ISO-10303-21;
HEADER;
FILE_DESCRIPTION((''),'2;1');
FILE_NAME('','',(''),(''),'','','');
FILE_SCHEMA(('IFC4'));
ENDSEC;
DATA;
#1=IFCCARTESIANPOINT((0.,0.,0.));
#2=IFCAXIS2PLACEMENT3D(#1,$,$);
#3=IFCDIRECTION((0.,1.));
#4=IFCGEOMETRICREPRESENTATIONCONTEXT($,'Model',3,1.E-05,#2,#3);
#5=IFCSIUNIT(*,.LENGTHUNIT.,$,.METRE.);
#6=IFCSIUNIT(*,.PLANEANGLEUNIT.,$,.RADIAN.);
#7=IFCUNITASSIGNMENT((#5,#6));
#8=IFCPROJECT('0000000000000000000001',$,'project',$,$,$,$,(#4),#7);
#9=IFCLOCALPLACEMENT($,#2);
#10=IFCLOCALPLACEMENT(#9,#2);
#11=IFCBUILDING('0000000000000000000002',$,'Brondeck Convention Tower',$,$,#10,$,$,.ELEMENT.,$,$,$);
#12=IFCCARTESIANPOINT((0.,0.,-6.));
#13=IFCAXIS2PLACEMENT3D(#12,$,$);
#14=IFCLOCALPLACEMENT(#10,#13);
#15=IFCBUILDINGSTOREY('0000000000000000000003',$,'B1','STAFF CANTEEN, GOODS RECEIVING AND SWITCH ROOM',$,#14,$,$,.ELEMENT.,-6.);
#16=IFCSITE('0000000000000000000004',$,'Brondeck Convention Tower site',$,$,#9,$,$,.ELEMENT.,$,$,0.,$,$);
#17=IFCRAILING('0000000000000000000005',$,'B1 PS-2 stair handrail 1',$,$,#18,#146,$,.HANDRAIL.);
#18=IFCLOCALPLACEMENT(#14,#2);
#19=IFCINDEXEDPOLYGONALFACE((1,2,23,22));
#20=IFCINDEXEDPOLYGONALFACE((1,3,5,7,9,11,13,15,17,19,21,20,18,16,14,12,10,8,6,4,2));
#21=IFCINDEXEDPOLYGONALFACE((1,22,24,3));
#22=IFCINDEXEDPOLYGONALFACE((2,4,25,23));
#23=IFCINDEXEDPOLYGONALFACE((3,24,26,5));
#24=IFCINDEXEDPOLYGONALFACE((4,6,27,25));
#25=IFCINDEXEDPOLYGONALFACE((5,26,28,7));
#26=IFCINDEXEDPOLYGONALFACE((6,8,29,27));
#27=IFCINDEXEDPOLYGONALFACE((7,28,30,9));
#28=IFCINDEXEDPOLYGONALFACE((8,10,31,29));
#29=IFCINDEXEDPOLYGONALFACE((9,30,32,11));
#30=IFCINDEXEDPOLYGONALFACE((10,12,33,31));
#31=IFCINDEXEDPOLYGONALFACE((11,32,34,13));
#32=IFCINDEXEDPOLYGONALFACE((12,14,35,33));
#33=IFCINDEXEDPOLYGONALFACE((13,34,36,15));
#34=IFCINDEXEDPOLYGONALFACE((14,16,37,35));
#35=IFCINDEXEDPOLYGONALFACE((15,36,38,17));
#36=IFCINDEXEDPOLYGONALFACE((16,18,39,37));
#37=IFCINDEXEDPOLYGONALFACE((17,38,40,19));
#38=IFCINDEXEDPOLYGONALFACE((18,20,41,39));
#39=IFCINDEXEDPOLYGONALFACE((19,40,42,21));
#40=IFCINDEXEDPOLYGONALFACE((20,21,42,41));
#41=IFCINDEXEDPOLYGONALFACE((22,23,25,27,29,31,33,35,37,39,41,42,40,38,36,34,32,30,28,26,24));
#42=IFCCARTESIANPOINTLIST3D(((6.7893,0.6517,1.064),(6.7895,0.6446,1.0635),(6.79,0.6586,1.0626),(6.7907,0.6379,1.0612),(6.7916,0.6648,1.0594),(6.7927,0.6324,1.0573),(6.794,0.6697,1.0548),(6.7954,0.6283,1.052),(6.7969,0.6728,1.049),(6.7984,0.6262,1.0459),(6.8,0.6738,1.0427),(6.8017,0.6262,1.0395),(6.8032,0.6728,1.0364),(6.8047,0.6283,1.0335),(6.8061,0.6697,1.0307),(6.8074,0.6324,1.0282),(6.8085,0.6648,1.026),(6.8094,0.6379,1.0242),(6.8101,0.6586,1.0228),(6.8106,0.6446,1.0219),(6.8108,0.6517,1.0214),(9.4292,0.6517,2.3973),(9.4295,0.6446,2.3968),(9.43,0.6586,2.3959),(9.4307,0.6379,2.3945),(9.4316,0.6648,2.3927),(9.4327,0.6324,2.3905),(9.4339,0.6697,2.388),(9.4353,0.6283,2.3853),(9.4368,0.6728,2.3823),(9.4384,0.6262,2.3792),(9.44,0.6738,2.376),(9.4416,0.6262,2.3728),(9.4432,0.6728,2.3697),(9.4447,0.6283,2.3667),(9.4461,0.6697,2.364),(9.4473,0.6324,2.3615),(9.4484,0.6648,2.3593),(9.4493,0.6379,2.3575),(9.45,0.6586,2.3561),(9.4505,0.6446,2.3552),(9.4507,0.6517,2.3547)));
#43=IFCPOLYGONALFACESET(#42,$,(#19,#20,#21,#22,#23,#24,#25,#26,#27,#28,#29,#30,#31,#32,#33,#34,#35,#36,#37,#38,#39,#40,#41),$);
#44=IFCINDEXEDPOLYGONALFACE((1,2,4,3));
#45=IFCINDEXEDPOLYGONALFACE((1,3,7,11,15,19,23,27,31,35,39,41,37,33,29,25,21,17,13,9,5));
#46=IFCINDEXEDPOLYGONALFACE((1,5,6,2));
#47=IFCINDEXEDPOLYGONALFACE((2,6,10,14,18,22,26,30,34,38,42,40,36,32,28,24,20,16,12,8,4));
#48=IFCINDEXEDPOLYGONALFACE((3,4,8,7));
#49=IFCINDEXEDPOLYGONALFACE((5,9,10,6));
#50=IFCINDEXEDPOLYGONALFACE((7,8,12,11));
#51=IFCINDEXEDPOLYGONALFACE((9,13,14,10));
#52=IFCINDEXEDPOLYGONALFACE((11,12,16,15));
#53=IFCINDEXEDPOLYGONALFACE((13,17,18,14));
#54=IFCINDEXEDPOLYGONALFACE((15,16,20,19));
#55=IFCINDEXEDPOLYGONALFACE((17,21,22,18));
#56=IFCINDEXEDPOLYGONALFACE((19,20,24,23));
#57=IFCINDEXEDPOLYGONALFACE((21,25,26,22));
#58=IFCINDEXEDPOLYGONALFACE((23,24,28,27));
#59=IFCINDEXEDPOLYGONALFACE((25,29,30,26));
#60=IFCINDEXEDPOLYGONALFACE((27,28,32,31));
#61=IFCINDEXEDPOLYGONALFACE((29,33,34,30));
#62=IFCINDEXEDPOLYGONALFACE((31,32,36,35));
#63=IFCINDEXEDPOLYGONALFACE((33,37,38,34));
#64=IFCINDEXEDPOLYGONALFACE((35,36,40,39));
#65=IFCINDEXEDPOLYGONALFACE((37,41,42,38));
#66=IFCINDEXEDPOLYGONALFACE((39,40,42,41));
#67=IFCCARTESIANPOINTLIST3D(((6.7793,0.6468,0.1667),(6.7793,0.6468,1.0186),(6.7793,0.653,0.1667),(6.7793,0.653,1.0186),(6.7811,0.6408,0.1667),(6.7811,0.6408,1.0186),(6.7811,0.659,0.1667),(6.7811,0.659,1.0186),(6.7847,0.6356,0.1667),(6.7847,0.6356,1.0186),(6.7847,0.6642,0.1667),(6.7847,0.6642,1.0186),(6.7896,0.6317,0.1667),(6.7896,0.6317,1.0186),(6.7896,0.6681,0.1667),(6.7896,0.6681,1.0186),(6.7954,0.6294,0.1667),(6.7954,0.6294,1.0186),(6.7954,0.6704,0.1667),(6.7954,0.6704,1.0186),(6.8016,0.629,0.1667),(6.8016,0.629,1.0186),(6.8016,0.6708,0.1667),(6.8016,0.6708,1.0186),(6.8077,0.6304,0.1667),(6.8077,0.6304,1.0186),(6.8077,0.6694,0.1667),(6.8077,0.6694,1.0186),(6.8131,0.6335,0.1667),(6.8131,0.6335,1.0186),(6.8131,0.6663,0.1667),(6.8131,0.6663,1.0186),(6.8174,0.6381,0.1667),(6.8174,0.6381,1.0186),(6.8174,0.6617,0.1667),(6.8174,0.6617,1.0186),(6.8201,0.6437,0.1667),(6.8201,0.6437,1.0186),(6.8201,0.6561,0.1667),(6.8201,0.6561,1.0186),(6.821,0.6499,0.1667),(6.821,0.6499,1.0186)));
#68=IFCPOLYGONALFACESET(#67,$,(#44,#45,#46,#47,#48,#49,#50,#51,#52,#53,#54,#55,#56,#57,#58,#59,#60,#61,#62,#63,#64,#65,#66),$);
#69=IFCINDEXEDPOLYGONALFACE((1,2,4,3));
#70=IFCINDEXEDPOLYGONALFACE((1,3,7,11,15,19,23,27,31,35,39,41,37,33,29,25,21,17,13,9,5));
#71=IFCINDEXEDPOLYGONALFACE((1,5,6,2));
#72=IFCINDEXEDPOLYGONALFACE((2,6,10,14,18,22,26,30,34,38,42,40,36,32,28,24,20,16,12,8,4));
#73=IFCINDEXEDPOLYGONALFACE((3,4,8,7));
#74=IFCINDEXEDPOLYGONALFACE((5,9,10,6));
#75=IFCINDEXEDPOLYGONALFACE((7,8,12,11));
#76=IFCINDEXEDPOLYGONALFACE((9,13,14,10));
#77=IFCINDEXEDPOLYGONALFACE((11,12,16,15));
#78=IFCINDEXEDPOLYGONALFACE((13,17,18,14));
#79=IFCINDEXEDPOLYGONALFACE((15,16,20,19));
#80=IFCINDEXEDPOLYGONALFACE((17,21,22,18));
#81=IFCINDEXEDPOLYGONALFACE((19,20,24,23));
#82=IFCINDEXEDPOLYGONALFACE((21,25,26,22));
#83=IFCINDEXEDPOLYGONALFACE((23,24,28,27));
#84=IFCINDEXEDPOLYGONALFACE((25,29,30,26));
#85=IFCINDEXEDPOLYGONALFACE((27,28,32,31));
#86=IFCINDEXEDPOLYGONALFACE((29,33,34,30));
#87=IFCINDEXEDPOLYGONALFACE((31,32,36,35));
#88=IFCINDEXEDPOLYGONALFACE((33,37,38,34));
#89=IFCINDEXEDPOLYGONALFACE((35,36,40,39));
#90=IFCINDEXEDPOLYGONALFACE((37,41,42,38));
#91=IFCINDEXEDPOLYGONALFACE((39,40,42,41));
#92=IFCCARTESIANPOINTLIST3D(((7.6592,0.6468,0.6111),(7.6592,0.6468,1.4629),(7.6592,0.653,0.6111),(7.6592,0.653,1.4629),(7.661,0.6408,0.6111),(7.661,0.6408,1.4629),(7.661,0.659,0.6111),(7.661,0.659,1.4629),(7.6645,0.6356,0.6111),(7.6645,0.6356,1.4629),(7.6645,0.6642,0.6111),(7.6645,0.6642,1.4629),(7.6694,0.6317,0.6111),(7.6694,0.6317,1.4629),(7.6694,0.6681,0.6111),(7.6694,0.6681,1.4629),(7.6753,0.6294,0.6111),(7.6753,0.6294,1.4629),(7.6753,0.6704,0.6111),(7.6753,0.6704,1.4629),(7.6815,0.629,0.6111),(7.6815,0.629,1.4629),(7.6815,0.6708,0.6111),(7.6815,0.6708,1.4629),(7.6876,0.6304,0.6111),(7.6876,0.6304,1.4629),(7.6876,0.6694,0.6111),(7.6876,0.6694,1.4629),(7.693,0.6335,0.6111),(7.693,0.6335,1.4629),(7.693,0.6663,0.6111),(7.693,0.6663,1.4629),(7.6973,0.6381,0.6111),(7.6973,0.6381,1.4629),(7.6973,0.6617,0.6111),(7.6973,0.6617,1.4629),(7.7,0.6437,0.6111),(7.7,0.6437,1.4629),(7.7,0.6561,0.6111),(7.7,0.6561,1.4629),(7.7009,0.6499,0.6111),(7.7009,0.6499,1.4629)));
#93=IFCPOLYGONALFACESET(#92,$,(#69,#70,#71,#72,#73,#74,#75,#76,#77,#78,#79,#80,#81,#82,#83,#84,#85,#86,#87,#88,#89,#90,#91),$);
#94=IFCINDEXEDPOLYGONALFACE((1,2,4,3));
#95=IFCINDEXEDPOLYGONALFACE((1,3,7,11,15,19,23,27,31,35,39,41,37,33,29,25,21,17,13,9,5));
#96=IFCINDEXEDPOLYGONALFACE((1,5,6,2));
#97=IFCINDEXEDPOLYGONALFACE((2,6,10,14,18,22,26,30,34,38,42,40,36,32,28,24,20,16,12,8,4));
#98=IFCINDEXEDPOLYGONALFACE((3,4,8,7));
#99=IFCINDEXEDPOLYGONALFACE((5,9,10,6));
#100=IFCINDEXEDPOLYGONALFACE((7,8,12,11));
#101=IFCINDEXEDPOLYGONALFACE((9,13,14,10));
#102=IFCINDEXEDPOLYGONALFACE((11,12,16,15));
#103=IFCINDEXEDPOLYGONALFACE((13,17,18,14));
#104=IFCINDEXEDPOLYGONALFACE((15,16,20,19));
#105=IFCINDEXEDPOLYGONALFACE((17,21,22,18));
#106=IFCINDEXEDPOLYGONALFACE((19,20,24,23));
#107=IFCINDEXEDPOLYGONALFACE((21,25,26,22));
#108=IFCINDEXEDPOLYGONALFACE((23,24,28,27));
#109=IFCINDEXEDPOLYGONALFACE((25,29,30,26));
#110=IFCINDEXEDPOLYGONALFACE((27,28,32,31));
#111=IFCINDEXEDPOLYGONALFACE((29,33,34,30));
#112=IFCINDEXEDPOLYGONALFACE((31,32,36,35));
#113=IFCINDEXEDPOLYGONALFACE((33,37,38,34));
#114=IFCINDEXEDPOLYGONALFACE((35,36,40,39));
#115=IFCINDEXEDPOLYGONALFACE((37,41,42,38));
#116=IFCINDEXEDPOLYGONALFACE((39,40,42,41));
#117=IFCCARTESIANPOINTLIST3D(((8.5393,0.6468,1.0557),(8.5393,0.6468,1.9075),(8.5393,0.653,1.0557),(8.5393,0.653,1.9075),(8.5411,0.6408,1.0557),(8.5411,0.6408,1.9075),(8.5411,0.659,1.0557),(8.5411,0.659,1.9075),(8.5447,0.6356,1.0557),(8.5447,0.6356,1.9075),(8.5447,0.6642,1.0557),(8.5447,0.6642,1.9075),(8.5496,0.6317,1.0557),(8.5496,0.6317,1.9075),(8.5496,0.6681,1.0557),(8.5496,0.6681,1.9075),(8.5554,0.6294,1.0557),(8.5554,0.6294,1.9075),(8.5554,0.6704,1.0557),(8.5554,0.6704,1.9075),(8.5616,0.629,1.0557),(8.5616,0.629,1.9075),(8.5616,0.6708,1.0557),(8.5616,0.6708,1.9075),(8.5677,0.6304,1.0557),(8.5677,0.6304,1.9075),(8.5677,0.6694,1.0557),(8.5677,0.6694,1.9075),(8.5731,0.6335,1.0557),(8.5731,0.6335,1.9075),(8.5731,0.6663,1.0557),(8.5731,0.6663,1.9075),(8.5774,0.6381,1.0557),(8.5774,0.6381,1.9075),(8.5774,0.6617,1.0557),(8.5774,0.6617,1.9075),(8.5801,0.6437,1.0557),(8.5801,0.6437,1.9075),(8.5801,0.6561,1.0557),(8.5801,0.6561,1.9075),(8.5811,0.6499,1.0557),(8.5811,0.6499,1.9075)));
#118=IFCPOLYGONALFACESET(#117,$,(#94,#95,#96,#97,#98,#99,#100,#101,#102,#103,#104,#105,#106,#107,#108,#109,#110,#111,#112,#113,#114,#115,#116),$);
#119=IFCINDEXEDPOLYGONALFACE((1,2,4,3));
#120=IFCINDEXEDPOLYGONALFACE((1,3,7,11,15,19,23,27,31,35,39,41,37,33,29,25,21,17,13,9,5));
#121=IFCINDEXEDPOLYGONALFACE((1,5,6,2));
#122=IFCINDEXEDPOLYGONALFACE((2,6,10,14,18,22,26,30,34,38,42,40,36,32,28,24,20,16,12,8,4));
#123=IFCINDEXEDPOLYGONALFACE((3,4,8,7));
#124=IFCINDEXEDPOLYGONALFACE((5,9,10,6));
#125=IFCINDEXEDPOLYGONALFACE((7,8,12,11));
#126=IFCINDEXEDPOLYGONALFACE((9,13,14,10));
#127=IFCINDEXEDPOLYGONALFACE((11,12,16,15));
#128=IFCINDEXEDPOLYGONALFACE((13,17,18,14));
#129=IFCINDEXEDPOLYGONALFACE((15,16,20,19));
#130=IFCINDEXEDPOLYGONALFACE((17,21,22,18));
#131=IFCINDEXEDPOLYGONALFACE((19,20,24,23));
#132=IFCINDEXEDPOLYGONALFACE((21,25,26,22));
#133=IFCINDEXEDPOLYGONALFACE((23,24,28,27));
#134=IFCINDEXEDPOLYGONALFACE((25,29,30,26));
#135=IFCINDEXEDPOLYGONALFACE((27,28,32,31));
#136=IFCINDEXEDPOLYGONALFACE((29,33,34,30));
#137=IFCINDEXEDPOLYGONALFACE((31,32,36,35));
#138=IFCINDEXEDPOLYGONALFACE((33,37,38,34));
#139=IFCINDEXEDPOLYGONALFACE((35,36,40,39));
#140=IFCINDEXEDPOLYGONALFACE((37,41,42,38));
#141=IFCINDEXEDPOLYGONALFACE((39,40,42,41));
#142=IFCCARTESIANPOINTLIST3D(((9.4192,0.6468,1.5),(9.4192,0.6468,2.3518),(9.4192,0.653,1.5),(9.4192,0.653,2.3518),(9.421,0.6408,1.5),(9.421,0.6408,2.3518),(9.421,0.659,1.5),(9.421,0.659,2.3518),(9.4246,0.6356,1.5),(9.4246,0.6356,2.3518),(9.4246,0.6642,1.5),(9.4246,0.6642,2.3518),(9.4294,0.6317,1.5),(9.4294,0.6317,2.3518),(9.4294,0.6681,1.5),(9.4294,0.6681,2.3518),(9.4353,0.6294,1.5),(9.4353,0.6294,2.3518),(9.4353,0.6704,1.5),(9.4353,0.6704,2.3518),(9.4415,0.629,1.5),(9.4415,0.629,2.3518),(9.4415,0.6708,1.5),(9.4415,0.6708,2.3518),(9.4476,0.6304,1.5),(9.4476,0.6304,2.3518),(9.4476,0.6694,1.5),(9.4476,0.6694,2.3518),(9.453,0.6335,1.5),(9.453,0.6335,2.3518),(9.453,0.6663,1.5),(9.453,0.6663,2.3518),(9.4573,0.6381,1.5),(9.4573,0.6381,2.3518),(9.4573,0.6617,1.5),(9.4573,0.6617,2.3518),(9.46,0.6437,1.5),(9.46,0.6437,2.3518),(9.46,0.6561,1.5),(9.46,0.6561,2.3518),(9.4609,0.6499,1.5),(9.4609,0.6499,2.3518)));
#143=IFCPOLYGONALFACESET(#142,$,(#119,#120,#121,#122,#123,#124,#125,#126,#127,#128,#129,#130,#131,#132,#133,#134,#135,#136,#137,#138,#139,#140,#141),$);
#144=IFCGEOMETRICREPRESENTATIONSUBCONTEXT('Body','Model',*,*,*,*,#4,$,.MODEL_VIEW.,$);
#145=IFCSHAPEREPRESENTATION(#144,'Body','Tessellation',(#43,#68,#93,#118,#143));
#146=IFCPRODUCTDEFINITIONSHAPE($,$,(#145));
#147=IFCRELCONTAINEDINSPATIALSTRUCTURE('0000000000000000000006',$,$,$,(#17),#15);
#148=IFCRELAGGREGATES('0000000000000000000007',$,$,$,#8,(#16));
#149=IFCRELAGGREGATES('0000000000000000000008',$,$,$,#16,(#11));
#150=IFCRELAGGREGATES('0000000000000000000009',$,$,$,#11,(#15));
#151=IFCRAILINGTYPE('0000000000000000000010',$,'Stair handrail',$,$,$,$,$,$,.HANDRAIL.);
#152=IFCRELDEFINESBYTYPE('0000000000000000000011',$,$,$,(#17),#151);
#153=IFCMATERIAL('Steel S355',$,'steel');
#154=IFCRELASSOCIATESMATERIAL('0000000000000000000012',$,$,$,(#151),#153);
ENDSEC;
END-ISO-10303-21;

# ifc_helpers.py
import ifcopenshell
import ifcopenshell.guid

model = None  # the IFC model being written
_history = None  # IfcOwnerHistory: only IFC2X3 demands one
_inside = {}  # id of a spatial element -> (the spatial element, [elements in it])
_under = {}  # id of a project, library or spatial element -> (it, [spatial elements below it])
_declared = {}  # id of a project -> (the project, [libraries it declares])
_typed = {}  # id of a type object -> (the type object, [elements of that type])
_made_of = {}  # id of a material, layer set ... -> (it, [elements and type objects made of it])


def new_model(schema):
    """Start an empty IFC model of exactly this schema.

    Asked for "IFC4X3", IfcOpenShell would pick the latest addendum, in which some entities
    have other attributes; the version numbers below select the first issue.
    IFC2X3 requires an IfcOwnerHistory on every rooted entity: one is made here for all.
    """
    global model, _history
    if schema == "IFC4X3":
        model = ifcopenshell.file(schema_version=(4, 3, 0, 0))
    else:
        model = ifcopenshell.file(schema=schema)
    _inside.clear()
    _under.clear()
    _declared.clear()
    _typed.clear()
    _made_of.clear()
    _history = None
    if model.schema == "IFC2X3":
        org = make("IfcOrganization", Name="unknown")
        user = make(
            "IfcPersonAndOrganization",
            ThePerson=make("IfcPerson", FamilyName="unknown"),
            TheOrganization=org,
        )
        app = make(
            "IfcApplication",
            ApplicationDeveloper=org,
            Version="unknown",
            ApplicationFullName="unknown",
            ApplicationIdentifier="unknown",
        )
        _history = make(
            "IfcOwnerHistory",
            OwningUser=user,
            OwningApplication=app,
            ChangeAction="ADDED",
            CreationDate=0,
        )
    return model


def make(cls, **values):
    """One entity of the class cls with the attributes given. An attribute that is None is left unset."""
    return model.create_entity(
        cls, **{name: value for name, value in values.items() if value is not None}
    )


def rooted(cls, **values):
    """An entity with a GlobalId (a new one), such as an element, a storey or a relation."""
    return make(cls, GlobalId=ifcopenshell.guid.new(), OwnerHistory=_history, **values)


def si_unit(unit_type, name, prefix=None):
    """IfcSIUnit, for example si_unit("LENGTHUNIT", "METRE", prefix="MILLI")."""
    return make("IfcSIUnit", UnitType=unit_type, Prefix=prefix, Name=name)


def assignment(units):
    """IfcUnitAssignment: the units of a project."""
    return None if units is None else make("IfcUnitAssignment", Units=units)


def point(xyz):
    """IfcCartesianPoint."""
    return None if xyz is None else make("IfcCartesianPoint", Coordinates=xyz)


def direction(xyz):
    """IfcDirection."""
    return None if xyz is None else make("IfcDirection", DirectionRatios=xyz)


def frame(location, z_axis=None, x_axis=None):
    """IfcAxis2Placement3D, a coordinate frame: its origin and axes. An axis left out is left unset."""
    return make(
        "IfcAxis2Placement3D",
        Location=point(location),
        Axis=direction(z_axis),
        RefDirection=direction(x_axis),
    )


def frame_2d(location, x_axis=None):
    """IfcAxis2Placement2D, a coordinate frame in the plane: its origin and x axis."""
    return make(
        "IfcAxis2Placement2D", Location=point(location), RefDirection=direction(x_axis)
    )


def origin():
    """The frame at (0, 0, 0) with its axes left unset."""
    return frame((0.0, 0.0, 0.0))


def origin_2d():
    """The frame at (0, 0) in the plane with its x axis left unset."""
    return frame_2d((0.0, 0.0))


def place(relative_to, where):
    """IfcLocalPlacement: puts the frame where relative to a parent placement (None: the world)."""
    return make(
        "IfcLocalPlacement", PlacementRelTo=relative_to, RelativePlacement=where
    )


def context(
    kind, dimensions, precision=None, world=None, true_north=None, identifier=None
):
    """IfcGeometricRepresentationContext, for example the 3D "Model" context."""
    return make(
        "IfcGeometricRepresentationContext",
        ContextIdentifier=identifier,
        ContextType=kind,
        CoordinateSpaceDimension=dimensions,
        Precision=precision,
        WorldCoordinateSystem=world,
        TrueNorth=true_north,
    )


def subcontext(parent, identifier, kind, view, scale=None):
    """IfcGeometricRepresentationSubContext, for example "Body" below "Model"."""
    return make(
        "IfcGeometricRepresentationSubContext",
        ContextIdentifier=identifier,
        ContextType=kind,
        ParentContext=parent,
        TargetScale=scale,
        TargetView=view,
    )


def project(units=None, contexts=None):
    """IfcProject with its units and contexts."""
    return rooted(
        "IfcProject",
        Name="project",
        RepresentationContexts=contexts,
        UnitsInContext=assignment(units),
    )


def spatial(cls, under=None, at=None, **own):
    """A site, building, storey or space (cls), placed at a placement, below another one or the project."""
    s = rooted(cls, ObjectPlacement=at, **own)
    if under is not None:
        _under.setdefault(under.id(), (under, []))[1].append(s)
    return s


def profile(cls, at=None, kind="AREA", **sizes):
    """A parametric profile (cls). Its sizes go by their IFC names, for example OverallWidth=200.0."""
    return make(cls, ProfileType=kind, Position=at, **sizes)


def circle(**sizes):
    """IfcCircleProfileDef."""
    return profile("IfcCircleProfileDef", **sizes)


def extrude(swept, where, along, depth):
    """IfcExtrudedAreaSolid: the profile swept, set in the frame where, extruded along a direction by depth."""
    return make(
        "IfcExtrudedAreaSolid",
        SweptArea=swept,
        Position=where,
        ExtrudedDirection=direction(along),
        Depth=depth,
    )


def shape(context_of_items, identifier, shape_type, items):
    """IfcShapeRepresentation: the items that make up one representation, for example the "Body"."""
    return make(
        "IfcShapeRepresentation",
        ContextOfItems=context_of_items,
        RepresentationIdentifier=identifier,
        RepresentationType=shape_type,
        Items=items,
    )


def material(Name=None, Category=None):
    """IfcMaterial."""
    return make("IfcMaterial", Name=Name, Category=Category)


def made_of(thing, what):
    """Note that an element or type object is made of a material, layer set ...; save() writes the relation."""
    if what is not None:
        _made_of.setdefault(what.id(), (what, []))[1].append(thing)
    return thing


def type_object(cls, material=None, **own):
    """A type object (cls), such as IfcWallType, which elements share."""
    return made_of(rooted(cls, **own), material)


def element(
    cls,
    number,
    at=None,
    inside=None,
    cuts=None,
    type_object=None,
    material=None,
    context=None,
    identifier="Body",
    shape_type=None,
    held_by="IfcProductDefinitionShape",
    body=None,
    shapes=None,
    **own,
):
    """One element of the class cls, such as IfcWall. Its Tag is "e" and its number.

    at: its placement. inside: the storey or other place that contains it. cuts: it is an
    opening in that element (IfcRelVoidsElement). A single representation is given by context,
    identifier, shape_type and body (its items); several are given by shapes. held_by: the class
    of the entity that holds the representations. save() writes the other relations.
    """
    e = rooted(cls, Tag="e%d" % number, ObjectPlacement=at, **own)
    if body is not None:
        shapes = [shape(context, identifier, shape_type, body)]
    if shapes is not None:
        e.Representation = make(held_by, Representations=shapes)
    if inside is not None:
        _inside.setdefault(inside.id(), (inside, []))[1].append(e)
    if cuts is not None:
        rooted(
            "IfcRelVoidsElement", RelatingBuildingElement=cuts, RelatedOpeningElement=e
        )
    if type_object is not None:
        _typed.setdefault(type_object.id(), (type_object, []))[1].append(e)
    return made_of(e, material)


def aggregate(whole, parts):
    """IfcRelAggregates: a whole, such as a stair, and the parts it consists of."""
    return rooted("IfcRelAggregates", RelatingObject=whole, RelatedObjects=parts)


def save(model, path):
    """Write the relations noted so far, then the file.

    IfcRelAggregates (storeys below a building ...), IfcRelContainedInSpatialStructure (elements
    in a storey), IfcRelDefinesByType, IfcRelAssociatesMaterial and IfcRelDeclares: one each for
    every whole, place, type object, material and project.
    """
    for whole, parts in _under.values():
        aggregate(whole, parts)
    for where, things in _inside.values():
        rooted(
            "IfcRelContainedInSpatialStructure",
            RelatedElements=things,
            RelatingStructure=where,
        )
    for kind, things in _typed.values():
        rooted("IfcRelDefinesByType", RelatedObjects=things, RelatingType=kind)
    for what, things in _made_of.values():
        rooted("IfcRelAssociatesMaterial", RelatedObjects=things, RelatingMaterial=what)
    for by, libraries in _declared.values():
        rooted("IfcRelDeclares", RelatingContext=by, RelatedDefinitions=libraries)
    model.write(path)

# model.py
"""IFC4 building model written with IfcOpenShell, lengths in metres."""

from ifc_helpers import new_model, si_unit, direction, frame, origin, origin_2d, place, context, subcontext, project, spatial, circle, extrude, material, type_object, element, save


model = new_model("IFC4")

# Units and contexts
model_context = context("Model", 3, precision=1e-05, world=origin(), true_north=direction((0.0, 1.0)))
body_context = subcontext(model_context, "Body", "Model", "MODEL_VIEW")
ifc_project = project(units=[si_unit("LENGTHUNIT", "METRE"), si_unit("PLANEANGLEUNIT", "RADIAN")], contexts=[model_context])

# Site, building, storey
site_placement = place(None, origin())
site = spatial("IfcSite", under=ifc_project, at=site_placement, Name="Brondeck Convention Tower site", CompositionType="ELEMENT", RefElevation=0.0)
building_placement = place(site_placement, origin())
building = spatial("IfcBuilding", under=site, at=building_placement, Name="Brondeck Convention Tower", CompositionType="ELEMENT")
storey_placement = place(building_placement, frame((0.0, 0.0, -6.0)))
storey = spatial("IfcBuildingStorey", under=building, at=storey_placement, Name="B1", Description="STAFF CANTEEN, GOODS RECEIVING AND SWITCH ROOM", CompositionType="ELEMENT", Elevation=-6.0)

# Railing
ifc_material_1 = material(Name="Steel S355", Category="steel")
railing_type_1 = type_object("IfcRailingType", Name="Stair handrail", PredefinedType="HANDRAIL", material=ifc_material_1)
for number, where, name in (
    (1, (6.8, 0.6499, 0.1667), "B1 PS-2 stair handrail 1"),
):
    element("IfcRailing", number, at=place(storey_placement, frame(where)), inside=storey, type_object=railing_type_1, Name=name, PredefinedType="HANDRAIL", context=body_context, shape_type="SweptSolid", body=[
        extrude(circle(Radius=0.0239, at=origin_2d()), frame((0.0, 0.0, 0.876), z_axis=(0.89262, 0.0, 0.450809), x_axis=(0.0, 1.0, 0.0)), (0.0, 0.0, 1.0), 2.9575),
        extrude(circle(Radius=0.021, at=origin_2d()), origin(), (0.0, 0.0, 1.0), 0.8518),
        extrude(circle(Radius=0.021, at=origin_2d()), frame((0.8799, 0.0, 0.4443)), (0.0, 0.0, 1.0), 0.8518),
        extrude(circle(Radius=0.021, at=origin_2d()), frame((1.76, 0.0, 0.8889)), (0.0, 0.0, 1.0), 0.8518),
        extrude(circle(Radius=0.021, at=origin_2d()), frame((2.6399, 0.0, 1.3333)), (0.0, 0.0, 1.0), 0.8518),
    ])

save(model, "model.ifc")
